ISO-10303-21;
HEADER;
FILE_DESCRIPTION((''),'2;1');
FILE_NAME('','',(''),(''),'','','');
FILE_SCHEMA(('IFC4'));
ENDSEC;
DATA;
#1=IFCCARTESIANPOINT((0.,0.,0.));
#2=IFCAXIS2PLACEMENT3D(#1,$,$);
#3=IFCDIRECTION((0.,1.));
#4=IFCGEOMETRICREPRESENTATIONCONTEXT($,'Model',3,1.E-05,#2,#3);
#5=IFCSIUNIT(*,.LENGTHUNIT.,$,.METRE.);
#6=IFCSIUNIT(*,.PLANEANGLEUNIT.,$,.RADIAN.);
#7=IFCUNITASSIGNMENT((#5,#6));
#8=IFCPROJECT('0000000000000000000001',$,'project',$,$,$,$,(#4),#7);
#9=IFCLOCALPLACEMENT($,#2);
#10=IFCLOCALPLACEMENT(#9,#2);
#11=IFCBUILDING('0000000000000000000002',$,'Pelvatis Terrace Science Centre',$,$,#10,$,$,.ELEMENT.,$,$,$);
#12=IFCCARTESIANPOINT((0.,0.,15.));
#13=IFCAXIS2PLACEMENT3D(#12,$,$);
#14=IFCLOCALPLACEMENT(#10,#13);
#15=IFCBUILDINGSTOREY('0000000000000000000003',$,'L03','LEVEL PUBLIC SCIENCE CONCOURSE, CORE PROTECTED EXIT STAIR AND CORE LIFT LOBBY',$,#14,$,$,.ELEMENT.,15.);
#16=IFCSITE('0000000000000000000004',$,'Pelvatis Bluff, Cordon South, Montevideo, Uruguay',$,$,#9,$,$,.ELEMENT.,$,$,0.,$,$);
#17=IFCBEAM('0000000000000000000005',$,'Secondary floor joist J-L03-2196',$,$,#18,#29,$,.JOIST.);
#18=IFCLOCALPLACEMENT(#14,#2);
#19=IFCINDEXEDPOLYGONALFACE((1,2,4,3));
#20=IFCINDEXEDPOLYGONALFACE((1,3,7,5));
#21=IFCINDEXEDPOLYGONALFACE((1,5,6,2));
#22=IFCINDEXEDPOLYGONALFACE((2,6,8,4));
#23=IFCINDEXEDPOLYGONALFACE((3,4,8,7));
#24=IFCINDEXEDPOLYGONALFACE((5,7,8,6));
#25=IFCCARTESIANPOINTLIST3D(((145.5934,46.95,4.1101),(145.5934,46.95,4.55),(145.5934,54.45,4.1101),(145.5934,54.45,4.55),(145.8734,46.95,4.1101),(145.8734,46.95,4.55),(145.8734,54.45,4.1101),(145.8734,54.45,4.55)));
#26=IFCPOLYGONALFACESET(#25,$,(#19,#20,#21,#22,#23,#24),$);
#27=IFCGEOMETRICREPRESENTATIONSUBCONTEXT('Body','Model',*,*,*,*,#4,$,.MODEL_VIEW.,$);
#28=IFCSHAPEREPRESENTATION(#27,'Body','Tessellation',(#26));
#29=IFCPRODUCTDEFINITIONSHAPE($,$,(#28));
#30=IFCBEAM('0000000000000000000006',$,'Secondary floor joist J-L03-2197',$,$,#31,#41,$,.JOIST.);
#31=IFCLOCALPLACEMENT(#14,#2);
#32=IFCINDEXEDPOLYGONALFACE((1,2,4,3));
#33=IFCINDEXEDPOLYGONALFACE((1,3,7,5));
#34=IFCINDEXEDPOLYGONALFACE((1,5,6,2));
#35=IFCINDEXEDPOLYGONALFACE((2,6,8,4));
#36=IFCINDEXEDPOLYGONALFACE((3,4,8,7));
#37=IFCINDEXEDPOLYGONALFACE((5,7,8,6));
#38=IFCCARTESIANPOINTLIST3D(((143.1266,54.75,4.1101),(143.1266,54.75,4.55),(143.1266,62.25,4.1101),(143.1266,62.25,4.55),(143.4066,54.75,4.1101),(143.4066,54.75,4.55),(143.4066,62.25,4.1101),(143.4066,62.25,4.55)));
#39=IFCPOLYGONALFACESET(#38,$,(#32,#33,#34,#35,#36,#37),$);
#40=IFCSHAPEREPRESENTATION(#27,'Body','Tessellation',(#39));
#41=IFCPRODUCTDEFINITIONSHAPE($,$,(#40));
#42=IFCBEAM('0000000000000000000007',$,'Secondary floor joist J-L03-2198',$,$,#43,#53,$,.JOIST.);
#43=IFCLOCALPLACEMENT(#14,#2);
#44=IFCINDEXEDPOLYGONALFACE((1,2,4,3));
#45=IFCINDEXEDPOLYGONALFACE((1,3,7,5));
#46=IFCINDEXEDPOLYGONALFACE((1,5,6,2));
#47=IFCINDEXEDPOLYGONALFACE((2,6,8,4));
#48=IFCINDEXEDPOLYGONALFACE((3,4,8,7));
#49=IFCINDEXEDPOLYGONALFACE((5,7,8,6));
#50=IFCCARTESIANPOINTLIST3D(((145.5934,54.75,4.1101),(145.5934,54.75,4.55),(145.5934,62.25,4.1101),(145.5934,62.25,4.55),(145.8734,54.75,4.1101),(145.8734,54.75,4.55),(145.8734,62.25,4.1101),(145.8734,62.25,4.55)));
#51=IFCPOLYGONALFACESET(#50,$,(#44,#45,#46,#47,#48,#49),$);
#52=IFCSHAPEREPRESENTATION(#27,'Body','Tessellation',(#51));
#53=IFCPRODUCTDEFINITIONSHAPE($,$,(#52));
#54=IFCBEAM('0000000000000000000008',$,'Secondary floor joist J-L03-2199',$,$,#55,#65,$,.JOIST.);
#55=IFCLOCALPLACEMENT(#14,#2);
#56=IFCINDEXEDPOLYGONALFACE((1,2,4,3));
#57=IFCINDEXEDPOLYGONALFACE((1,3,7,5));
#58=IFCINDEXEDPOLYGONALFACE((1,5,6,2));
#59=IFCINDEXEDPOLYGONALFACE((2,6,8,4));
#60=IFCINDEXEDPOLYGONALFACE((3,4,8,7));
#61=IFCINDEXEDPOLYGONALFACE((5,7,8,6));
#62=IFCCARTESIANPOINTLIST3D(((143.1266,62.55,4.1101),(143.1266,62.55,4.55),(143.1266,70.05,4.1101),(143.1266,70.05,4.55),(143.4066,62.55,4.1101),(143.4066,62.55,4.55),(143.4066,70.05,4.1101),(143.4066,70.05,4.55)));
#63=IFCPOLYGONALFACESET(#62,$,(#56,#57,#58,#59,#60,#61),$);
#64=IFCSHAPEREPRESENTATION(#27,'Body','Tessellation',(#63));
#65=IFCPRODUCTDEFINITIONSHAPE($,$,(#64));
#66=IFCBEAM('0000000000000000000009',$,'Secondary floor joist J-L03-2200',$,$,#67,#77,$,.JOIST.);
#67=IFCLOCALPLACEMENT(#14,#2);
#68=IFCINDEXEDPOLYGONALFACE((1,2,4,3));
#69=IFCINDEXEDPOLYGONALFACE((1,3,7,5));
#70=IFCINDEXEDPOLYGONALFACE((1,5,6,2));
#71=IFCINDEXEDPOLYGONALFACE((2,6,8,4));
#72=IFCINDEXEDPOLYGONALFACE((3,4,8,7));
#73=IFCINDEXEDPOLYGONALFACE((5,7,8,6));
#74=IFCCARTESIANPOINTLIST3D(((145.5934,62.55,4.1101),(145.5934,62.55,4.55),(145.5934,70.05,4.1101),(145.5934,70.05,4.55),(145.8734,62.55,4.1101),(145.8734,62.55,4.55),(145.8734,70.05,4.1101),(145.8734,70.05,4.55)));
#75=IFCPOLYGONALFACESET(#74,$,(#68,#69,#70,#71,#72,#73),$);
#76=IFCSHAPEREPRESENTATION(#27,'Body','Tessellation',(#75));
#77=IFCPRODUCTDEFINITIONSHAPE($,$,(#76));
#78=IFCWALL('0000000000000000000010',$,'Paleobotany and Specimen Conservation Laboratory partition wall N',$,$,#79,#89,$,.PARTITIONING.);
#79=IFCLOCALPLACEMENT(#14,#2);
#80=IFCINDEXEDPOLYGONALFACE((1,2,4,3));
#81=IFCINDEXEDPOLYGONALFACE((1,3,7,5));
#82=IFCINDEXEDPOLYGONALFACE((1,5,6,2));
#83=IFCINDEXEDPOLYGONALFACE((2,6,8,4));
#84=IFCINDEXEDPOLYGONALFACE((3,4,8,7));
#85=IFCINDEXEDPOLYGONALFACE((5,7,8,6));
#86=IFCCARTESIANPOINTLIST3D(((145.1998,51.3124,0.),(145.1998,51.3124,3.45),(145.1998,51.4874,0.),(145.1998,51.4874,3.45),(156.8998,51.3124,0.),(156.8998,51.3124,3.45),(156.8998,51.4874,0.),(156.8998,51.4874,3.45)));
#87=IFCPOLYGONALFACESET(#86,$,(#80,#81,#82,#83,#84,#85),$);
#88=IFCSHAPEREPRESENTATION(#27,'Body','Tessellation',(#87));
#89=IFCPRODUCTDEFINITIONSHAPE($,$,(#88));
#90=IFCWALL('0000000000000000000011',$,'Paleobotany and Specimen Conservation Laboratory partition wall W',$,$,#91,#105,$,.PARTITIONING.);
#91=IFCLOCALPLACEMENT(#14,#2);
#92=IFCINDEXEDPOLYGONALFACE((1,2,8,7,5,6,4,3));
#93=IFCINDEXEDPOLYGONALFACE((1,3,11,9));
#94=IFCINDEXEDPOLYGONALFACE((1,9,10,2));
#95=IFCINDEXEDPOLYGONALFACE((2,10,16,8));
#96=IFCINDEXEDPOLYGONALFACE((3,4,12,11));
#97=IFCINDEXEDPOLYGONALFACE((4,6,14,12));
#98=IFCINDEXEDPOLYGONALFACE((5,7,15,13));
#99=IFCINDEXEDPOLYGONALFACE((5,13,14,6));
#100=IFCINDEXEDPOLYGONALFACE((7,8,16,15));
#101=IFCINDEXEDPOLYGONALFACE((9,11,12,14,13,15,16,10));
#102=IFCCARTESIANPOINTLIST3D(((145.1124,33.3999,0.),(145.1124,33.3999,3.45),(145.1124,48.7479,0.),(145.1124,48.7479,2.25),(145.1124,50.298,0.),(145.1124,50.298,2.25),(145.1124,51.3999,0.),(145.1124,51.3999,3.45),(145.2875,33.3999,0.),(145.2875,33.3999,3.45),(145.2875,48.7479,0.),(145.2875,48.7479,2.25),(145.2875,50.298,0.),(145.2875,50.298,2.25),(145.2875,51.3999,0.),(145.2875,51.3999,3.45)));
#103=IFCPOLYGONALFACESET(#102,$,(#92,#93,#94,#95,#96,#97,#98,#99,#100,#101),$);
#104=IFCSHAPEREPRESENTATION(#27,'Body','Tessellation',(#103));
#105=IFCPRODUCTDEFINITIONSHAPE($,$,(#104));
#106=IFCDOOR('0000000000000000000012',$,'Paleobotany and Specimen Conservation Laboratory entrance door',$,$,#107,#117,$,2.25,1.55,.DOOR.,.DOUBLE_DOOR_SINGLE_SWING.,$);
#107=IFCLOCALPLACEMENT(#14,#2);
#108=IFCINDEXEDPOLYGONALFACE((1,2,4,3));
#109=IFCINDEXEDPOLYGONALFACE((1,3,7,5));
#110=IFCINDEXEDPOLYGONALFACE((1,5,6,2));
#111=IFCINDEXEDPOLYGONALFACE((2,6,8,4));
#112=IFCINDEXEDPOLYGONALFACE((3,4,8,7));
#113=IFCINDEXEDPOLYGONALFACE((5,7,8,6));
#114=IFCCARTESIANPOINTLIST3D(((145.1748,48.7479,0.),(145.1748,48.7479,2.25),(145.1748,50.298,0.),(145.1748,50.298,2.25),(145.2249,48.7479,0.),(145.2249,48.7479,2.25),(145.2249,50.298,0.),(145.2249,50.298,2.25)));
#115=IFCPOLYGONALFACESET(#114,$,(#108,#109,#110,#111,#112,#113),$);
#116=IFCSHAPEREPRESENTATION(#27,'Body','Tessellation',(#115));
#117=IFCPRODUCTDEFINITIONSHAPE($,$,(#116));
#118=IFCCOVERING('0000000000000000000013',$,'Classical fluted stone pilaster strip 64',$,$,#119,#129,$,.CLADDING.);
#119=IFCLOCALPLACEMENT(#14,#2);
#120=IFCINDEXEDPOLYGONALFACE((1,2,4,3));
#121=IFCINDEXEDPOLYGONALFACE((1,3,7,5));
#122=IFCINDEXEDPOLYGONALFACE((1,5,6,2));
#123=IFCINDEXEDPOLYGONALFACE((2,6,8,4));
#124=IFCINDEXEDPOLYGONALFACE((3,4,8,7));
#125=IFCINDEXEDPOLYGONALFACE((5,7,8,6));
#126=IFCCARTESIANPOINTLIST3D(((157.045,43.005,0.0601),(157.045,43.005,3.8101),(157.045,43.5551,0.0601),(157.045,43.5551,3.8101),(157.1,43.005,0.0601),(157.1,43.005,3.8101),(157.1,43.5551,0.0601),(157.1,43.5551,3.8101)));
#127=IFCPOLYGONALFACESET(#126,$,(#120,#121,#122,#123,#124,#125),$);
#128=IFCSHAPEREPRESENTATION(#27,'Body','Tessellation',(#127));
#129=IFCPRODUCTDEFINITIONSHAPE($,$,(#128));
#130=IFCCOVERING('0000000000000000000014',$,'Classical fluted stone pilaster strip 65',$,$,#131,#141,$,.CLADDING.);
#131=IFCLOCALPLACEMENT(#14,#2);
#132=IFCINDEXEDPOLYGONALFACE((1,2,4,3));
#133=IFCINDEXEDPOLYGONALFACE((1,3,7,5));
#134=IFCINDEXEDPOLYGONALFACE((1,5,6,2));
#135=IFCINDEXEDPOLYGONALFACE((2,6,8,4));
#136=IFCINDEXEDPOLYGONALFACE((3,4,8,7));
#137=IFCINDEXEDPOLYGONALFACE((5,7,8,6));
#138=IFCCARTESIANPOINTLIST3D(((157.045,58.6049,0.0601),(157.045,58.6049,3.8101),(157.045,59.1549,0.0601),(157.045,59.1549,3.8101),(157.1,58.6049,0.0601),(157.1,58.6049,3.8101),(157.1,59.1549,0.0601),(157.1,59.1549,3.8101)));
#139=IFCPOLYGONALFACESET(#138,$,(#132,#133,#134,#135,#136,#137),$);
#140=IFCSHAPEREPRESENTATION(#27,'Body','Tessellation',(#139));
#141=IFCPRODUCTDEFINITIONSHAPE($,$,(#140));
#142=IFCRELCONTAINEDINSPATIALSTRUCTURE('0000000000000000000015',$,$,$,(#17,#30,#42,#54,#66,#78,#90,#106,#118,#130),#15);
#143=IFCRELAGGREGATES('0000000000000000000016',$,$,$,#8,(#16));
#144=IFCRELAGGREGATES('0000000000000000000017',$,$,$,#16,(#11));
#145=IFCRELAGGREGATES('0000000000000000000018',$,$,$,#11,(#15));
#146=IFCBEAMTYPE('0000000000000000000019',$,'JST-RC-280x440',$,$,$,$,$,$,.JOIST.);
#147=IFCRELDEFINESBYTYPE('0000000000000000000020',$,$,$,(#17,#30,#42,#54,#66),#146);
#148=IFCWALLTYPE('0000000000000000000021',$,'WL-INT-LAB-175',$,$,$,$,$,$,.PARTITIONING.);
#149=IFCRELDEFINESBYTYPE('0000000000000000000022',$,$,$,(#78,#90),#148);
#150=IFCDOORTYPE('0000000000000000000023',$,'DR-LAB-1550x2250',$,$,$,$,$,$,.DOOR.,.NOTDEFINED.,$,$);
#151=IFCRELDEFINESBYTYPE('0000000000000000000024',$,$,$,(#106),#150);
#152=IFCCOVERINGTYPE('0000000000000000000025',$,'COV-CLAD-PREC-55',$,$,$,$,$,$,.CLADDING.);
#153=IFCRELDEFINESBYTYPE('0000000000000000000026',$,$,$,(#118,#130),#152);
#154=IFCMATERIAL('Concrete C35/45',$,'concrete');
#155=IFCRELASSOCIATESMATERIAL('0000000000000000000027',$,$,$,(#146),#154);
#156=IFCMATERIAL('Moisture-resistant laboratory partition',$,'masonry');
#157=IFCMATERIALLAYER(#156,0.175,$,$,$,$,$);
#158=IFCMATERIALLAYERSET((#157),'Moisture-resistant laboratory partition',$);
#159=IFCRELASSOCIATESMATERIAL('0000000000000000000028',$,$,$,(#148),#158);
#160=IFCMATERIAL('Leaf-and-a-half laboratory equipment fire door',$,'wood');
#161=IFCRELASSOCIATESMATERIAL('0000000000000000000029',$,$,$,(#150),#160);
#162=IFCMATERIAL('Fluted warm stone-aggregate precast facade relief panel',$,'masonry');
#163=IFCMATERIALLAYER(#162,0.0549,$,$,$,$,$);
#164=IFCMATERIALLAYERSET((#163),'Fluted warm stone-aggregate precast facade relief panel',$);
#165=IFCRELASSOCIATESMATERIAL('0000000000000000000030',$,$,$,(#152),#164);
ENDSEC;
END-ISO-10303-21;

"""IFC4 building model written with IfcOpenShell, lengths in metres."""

from ifc_helpers import new_model, si_unit, direction, frame, frame_2d, origin, origin_2d, place, context, subcontext, project, spatial, rectangle, extrude, material, layer, layer_set, material_profile, profile_set, type_object, element, fill, save


model = new_model("IFC4")

# Units and contexts
model_context = context("Model", 3, precision=1e-05, world=origin(), true_north=direction((0.0, 1.0)))
body_context = subcontext(model_context, "Body", "Model", "MODEL_VIEW")
ifc_project = project(units=[si_unit("LENGTHUNIT", "METRE"), si_unit("PLANEANGLEUNIT", "RADIAN")], contexts=[model_context])

# Site, building, storey
site_placement = place(None, origin())
site = spatial("IfcSite", under=ifc_project, at=site_placement, Name="Pelvatis Bluff, Cordon South, Montevideo, Uruguay", CompositionType="ELEMENT", RefElevation=0.0)
building_placement = place(site_placement, origin())
building = spatial("IfcBuilding", under=site, at=building_placement, Name="Pelvatis Terrace Science Centre", CompositionType="ELEMENT")
storey_placement = place(building_placement, frame((0.0, 0.0, 15.0)))
storey = spatial("IfcBuildingStorey", under=building, at=storey_placement, Name="L03", Description="LEVEL PUBLIC SCIENCE CONCOURSE, CORE PROTECTED EXIT STAIR AND CORE LIFT LOBBY", CompositionType="ELEMENT", Elevation=15.0)

# Beams
ifc_material_1 = material(Name="Concrete C35/45", Category="concrete")
ifc_material_profile_1 = material_profile(ifc_material_1, rectangle(XDim=0.28, YDim=0.4399, at=origin_2d()), Name="RC-JST 280x440")
ifc_profile_set_1 = profile_set([ifc_material_profile_1], Name="Concrete C35/45")
beam_type_1 = type_object("IfcBeamType", Name="JST-RC-280x440", PredefinedType="JOIST", material=ifc_profile_set_1)
for number, where, z_axis, x_axis, name in (
    (1, (145.7334, 46.95, 4.3301), (0.0, 1.0, 0.0), (-1.0, 0.0, 0.0), "Secondary floor joist J-L03-2196"),
    (2, (143.2666, 54.75, 4.3301), (0.0, 1.0, 0.0), (-1.0, 0.0, 0.0), "Secondary floor joist J-L03-2197"),
    (3, (145.7334, 54.75, 4.3301), (0.0, 1.0, 0.0), (-1.0, 0.0, 0.0), "Secondary floor joist J-L03-2198"),
    (4, (143.2666, 62.55, 4.3301), (0.0, 1.0, 0.0), (-1.0, 0.0, 0.0), "Secondary floor joist J-L03-2199"),
    (5, (145.7334, 62.55, 4.3301), (0.0, 1.0, 0.0), (-1.0, 0.0, 0.0), "Secondary floor joist J-L03-2200"),
):
    element("IfcBeam", number, at=place(storey_placement, frame(where, z_axis=z_axis, x_axis=x_axis)), inside=storey, type_object=beam_type_1, Name=name, PredefinedType="JOIST", context=body_context, shape_type="SweptSolid", body=[
        extrude(rectangle(XDim=0.28, YDim=0.4399, at=origin_2d()), origin(), (0.0, 0.0, 1.0), 7.5),
    ])

# Wall
ifc_material_2 = material(Name="Moisture-resistant laboratory partition", Category="masonry")
ifc_layer_1 = layer(ifc_material_2, 0.175)
ifc_layer_set_1 = layer_set([ifc_layer_1], Name="Moisture-resistant laboratory partition")
wall_type = type_object("IfcWallType", Name="WL-INT-LAB-175", PredefinedType="PARTITIONING", material=ifc_layer_set_1)
wall_1_placement = place(storey_placement, frame((156.8999, 51.3999, 0.0), z_axis=(0.0, 0.0, 1.0), x_axis=(-1.0, 0.0, 0.0)))
element("IfcWall", 6, at=wall_1_placement, inside=storey, type_object=wall_type, Name="Paleobotany and Specimen Conservation Laboratory partition wall N", PredefinedType="PARTITIONING", context=body_context, shape_type="SweptSolid", body=[
    extrude(rectangle(XDim=11.7, YDim=0.175, at=frame_2d((5.8501, 0.0))), origin(), (0.0, 0.0, 1.0), 3.45),
])

# Wall, opening, door
wall_2_placement = place(storey_placement, frame((145.2, 51.3999, 0.0), z_axis=(0.0, 0.0, 1.0), x_axis=(0.0, -1.0, 0.0)))
wall_2 = element("IfcWall", 7, at=wall_2_placement, inside=storey, type_object=wall_type, Name="Paleobotany and Specimen Conservation Laboratory partition wall W", PredefinedType="PARTITIONING", context=body_context, shape_type="SweptSolid", body=[
    extrude(rectangle(XDim=18.0, YDim=0.175, at=frame_2d((9.0, 0.0))), origin(), (0.0, 0.0, 1.0), 3.45),
])
opening_placement = place(wall_2_placement, frame((1.1021, 0.0, 0.0)))
opening = element("IfcOpeningElement", 8, at=opening_placement, cuts=wall_2, PredefinedType="OPENING", context=body_context, shape_type="SweptSolid", body=[
    extrude(rectangle(XDim=1.55, YDim=2.25, at=frame_2d((0.7749, 1.125))), frame((0.0, 0.0974, 0.0), z_axis=(0.0, -1.0, 0.0), x_axis=(1.0, 0.0, 0.0)), (0.0, 0.0, 1.0), 0.1951),
])
ifc_material_3 = material(Name="Leaf-and-a-half laboratory equipment fire door", Category="wood")
door_type = type_object("IfcDoorType", Name="DR-LAB-1550x2250", OperationType="NOTDEFINED", PredefinedType="DOOR", material=ifc_material_3)
door_placement = place(opening_placement, origin())
door = element("IfcDoor", 9, at=door_placement, inside=storey, type_object=door_type, Name="Paleobotany and Specimen Conservation Laboratory entrance door", OperationType="DOUBLE_DOOR_SINGLE_SWING", OverallHeight=2.25, OverallWidth=1.55, PredefinedType="DOOR", context=body_context, shape_type="SweptSolid", body=[
    extrude(rectangle(XDim=1.55, YDim=2.25, at=frame_2d((0.7749, 1.125))), frame((0.0, 0.0249, 0.0), z_axis=(0.0, -1.0, 0.0), x_axis=(1.0, 0.0, 0.0)), (0.0, 0.0, 1.0), 0.05),
])
fill(opening, door)

# Coverings
ifc_material_4 = material(Name="Fluted warm stone-aggregate precast facade relief panel", Category="masonry")
ifc_layer_2 = layer(ifc_material_4, 0.0549)
ifc_layer_set_2 = layer_set([ifc_layer_2], Name="Fluted warm stone-aggregate precast facade relief panel")
covering_type = type_object("IfcCoveringType", Name="COV-CLAD-PREC-55", PredefinedType="CLADDING", material=ifc_layer_set_2)
for number, where, z_axis, x_axis, name in (
    (10, (157.0725, 43.28, 0.0601), (0.0, 0.0, 1.0), (1.0, 0.0, 0.0), "Classical fluted stone pilaster strip 64"),
    (11, (157.0725, 58.8799, 0.0601), (0.0, 0.0, 1.0), (1.0, 0.0, 0.0), "Classical fluted stone pilaster strip 65"),
):
    element("IfcCovering", number, at=place(storey_placement, frame(where, z_axis=z_axis, x_axis=x_axis)), inside=storey, type_object=covering_type, Name=name, PredefinedType="CLADDING", context=body_context, shape_type="SweptSolid", body=[
        extrude(rectangle(XDim=0.0549, YDim=0.55, at=origin_2d()), origin(), (0.0, 0.0, 1.0), 3.75),
    ])

save(model, "model.ifc")
